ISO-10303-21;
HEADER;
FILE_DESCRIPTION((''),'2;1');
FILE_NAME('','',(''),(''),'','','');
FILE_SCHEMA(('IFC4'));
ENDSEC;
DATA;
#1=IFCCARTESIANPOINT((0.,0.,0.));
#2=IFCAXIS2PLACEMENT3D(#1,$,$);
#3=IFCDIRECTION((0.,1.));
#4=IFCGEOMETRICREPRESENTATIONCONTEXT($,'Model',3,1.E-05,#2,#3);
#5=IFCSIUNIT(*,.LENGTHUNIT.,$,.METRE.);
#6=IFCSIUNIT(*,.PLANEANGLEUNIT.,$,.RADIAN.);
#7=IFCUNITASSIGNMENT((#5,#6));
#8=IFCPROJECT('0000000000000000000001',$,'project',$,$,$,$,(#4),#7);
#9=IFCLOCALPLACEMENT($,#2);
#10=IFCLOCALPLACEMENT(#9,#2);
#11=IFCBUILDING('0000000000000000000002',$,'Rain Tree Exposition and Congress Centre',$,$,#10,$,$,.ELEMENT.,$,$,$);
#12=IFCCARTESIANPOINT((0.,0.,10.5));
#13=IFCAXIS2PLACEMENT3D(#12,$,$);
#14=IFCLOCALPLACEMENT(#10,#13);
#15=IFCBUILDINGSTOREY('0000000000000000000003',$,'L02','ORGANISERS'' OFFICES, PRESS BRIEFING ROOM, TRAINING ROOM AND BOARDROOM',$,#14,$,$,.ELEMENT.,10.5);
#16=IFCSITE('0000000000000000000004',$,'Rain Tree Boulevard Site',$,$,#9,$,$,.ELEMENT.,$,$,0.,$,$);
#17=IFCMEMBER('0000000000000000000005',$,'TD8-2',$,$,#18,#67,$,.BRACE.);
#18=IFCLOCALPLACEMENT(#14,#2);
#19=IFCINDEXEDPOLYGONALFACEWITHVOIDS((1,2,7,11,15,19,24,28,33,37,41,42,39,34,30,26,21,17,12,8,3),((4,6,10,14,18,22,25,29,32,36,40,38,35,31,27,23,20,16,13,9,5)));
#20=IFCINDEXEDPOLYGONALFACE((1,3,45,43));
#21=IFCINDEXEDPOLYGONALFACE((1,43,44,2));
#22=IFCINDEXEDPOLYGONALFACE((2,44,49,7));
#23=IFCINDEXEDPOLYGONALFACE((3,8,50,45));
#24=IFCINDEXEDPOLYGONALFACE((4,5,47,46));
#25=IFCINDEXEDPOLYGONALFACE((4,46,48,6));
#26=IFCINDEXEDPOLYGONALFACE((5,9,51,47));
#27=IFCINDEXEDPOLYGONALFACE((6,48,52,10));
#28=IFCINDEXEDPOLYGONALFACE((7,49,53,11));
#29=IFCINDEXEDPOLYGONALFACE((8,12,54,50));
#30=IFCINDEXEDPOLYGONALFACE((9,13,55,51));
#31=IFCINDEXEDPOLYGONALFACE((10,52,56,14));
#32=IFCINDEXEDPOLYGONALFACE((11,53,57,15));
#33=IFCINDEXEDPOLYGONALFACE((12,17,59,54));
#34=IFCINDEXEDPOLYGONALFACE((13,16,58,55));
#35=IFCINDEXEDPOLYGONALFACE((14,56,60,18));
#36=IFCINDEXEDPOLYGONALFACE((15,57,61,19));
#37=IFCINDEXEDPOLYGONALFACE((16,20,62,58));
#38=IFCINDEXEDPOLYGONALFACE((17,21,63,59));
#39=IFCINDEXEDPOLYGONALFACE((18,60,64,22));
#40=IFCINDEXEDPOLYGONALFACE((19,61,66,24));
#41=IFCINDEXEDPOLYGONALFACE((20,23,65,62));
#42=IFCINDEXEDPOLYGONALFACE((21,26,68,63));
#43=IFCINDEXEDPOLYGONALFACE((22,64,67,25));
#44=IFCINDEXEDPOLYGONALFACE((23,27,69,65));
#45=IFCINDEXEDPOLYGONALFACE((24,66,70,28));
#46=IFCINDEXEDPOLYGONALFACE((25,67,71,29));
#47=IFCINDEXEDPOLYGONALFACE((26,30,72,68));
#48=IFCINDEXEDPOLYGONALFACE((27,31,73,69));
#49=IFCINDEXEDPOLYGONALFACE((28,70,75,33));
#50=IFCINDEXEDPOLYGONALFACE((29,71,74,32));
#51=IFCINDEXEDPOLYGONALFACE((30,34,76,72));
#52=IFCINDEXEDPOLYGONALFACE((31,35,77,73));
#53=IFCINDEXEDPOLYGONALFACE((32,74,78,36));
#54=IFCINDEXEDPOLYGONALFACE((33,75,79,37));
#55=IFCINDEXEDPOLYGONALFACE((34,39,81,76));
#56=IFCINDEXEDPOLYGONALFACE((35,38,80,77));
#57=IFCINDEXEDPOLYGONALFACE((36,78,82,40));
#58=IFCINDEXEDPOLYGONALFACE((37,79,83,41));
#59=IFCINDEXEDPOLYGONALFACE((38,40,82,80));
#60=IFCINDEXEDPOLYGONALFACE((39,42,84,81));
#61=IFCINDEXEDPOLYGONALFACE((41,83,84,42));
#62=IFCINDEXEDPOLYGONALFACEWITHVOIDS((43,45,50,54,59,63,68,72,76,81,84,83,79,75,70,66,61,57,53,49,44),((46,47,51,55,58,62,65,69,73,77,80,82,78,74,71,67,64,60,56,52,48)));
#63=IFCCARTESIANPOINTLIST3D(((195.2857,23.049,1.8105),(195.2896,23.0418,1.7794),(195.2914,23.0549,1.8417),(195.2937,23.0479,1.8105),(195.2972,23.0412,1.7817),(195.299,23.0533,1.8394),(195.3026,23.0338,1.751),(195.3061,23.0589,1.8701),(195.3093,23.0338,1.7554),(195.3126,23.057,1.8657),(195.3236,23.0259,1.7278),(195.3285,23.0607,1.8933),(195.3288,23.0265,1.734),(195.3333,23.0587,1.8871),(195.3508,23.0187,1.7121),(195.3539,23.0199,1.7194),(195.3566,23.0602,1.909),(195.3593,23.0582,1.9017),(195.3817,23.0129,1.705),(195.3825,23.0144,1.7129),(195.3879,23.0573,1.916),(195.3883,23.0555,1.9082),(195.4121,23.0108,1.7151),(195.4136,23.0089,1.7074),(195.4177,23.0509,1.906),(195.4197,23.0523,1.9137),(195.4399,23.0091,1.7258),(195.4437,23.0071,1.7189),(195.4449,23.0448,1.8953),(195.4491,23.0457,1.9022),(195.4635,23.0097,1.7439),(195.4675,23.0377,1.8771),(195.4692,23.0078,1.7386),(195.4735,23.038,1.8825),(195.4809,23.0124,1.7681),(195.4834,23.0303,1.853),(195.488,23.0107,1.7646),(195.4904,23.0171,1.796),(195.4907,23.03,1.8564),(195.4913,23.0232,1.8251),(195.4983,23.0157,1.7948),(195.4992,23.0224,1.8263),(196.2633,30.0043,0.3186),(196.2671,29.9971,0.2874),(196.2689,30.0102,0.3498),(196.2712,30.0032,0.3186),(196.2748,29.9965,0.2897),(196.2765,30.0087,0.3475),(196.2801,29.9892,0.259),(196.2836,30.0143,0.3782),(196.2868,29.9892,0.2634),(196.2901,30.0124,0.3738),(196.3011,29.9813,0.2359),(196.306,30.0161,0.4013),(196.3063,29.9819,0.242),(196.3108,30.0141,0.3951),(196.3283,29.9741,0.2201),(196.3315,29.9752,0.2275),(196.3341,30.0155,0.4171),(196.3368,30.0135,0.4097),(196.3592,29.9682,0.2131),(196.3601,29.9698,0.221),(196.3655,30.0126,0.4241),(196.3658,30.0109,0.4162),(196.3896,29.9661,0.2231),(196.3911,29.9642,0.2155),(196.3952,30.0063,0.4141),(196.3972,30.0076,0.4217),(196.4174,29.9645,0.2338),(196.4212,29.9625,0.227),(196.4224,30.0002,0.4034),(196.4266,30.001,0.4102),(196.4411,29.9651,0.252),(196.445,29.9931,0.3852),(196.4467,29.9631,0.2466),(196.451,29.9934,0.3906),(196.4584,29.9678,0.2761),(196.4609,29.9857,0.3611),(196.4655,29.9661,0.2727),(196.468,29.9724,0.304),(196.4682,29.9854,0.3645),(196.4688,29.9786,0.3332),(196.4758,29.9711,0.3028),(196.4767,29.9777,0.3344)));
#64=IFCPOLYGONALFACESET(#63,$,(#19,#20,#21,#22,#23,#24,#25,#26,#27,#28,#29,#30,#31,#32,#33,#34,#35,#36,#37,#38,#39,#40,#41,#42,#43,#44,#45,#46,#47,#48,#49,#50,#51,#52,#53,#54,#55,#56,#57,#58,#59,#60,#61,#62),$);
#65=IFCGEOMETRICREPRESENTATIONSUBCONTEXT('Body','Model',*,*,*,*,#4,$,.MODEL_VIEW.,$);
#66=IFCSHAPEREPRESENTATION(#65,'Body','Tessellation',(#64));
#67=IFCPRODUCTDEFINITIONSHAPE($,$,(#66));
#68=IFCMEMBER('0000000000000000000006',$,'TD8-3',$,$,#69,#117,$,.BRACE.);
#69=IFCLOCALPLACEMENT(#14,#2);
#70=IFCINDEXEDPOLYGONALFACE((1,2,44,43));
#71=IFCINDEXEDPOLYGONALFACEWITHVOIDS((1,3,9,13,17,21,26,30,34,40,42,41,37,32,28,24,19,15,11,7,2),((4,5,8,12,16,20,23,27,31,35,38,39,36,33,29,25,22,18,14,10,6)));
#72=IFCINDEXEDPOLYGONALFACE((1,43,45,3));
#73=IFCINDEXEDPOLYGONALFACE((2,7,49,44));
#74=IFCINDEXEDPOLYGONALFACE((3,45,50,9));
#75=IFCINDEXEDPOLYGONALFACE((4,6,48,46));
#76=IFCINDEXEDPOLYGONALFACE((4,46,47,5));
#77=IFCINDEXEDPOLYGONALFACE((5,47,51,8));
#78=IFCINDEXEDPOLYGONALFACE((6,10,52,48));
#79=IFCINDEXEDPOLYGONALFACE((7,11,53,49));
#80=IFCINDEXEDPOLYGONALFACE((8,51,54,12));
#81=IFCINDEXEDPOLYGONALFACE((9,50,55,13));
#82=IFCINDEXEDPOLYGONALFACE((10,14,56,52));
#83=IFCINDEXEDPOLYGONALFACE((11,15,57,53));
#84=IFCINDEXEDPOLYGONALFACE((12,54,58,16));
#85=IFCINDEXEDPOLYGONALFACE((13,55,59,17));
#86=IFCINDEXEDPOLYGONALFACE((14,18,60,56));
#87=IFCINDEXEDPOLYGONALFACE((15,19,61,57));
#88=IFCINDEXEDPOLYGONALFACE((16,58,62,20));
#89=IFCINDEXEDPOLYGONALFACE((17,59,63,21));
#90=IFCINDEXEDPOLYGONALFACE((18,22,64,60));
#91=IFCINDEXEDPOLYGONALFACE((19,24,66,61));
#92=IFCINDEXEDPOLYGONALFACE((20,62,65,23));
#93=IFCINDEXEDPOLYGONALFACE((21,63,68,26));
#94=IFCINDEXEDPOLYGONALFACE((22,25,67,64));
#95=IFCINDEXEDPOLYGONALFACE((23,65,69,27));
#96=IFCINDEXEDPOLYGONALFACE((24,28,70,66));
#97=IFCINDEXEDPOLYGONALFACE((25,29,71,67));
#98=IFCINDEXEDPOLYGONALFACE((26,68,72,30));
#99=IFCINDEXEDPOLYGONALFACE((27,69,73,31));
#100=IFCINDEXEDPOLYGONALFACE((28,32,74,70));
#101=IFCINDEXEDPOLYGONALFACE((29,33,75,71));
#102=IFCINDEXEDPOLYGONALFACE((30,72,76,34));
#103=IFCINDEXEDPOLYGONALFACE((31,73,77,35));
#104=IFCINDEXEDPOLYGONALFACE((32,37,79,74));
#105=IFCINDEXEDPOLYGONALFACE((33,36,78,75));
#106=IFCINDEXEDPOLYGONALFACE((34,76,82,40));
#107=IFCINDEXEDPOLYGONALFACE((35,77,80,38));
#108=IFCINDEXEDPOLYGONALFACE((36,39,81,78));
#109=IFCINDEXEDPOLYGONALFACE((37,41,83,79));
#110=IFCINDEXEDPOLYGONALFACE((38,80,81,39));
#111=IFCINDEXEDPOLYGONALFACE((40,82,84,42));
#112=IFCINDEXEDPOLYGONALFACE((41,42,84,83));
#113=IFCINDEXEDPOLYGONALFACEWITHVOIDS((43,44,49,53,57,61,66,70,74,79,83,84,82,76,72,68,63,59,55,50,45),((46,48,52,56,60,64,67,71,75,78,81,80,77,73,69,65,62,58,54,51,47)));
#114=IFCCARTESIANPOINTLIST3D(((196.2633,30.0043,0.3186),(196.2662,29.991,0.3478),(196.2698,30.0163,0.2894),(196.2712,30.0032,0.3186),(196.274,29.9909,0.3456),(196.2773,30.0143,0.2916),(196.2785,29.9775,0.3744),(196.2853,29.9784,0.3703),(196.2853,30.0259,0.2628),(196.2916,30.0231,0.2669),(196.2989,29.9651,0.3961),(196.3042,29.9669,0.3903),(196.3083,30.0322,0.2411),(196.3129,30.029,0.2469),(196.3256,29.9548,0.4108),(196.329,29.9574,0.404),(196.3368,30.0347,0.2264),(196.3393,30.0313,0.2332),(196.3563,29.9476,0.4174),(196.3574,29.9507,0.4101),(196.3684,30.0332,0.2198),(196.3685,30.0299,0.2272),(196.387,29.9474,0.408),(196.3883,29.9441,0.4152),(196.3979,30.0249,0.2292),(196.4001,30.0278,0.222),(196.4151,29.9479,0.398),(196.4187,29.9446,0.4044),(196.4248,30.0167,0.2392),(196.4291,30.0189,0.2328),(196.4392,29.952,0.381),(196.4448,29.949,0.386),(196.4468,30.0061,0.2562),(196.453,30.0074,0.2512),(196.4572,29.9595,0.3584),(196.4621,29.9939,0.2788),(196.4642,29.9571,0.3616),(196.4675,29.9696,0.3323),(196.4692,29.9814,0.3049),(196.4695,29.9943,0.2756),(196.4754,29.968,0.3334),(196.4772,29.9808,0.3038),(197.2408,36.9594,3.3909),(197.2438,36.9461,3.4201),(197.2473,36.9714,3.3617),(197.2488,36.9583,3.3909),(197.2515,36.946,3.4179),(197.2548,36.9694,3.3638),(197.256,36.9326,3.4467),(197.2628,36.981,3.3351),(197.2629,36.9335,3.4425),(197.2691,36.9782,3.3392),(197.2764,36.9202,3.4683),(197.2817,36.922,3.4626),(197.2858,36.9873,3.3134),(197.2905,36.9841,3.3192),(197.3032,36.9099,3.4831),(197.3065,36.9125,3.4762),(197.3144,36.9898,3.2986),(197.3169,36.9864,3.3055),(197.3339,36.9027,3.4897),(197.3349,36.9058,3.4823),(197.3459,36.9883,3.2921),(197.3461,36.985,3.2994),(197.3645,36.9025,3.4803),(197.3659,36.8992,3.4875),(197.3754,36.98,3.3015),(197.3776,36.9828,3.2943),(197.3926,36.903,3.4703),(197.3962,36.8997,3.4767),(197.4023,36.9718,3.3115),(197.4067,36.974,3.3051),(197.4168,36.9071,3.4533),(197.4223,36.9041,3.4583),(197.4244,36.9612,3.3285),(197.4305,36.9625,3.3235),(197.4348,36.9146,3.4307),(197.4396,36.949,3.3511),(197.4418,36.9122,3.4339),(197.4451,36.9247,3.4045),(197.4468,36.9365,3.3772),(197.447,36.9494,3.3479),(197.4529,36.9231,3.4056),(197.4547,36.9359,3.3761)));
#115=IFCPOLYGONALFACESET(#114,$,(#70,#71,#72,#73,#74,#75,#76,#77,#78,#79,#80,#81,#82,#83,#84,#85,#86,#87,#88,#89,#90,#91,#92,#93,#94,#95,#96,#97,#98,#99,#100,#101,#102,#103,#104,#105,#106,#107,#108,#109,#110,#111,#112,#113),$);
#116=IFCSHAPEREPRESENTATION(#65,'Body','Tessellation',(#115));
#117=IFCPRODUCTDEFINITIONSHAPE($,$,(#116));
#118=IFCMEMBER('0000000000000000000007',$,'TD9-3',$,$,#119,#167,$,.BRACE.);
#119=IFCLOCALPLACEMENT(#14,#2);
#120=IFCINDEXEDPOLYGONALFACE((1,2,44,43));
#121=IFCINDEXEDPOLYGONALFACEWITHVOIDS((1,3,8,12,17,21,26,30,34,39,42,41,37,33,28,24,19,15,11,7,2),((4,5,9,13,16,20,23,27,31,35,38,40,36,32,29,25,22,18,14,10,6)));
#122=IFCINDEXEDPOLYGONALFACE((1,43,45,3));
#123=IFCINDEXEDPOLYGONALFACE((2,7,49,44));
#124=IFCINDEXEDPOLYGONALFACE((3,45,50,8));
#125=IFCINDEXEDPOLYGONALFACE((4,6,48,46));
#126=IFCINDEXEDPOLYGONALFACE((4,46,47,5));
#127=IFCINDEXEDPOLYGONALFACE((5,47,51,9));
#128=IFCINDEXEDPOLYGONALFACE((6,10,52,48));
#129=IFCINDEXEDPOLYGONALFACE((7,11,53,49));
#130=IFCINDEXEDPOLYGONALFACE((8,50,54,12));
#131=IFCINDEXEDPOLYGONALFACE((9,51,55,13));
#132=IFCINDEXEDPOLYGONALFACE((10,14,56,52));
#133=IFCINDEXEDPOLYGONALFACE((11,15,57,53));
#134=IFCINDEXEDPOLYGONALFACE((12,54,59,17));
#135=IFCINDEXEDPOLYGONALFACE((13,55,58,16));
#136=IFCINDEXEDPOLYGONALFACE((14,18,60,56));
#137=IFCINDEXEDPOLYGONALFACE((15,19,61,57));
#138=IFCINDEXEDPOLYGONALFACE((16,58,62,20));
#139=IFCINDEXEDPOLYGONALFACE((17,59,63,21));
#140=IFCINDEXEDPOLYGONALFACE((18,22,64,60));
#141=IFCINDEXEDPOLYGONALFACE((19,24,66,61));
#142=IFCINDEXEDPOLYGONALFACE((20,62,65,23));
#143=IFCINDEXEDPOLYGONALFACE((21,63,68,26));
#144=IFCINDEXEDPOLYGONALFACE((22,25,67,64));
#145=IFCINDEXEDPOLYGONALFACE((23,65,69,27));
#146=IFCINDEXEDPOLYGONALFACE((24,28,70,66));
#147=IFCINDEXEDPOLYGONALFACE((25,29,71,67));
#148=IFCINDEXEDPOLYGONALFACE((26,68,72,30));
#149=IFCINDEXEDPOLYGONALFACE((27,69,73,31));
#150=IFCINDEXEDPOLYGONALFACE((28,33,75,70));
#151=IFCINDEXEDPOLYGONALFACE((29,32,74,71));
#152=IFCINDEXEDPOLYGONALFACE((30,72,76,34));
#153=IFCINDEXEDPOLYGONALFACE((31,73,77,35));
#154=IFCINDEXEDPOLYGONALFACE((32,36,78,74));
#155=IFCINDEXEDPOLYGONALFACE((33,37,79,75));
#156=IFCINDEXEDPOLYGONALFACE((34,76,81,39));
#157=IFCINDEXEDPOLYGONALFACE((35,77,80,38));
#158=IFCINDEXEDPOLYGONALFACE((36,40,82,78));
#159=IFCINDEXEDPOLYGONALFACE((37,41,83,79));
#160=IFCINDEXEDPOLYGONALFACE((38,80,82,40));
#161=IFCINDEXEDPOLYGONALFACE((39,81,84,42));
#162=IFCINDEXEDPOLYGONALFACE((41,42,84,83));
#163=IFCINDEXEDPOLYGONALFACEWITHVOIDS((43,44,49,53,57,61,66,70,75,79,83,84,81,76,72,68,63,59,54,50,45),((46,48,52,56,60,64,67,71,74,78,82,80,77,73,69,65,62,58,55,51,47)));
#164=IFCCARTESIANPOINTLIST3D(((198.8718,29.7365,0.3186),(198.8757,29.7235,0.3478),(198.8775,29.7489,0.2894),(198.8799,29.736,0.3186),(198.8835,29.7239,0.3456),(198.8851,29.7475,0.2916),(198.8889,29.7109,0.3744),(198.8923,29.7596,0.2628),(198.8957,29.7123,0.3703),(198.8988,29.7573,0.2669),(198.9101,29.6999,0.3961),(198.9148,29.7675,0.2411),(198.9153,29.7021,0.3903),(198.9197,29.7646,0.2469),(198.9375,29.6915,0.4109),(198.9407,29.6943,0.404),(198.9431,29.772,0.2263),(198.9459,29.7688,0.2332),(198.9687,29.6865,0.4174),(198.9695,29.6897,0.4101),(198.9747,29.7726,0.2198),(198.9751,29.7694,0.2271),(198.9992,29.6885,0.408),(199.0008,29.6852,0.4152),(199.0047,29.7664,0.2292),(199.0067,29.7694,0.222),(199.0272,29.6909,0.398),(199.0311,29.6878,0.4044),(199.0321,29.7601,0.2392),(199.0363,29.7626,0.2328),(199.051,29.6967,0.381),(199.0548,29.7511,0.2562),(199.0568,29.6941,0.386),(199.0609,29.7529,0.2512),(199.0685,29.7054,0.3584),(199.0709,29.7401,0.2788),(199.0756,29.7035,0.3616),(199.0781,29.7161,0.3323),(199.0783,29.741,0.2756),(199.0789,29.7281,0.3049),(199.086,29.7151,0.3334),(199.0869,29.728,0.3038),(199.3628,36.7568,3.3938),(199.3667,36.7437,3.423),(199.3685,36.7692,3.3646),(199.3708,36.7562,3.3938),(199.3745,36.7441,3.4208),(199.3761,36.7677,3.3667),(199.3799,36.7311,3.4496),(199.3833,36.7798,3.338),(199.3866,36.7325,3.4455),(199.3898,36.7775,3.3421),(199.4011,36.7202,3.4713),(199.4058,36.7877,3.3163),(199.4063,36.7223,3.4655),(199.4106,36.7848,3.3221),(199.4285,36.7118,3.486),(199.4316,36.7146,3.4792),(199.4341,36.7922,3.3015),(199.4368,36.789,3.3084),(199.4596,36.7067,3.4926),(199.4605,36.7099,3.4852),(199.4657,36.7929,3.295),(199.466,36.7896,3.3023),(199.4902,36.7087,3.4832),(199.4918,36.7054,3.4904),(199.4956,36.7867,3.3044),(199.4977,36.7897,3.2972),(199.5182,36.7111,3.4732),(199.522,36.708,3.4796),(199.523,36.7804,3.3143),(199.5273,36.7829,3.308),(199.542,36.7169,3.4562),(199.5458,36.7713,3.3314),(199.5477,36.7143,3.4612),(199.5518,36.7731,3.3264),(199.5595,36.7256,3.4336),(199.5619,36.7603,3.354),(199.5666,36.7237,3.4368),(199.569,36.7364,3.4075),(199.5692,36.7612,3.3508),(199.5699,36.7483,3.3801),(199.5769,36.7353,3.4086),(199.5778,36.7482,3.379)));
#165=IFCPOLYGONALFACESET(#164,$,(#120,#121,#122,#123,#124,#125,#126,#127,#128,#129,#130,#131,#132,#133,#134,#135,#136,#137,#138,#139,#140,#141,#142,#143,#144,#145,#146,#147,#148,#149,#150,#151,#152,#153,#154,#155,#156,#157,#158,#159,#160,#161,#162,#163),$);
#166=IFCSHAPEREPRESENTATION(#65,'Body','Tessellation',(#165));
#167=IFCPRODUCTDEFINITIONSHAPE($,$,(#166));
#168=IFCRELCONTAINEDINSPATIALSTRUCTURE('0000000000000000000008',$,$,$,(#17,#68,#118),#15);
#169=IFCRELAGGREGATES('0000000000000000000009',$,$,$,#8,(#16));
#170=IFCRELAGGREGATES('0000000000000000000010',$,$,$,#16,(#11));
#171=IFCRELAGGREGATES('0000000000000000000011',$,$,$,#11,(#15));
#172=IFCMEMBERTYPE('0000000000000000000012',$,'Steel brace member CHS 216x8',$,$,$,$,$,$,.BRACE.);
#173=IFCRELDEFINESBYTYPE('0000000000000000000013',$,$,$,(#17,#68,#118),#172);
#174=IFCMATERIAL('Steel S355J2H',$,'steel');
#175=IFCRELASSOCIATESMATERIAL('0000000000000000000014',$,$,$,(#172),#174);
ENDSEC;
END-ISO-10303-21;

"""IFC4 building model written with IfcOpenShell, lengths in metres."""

from ifc_helpers import new_model, si_unit, direction, frame, origin, origin_2d, place, context, subcontext, project, spatial, hollow_circle, extrude, material, material_profile, profile_set, type_object, element, save


model = new_model("IFC4")

# Units and contexts
model_context = context("Model", 3, precision=1e-05, world=origin(), true_north=direction((0.0, 1.0)))
body_context = subcontext(model_context, "Body", "Model", "MODEL_VIEW")
ifc_project = project(units=[si_unit("LENGTHUNIT", "METRE"), si_unit("PLANEANGLEUNIT", "RADIAN")], contexts=[model_context])

# Site, building, storey
site_placement = place(None, origin())
site = spatial("IfcSite", under=ifc_project, at=site_placement, Name="Rain Tree Boulevard Site", CompositionType="ELEMENT", RefElevation=0.0)
building_placement = place(site_placement, origin())
building = spatial("IfcBuilding", under=site, at=building_placement, Name="Rain Tree Exposition and Congress Centre", CompositionType="ELEMENT")
storey_placement = place(building_placement, frame((0.0, 0.0, 10.5)))
storey = spatial("IfcBuildingStorey", under=building, at=storey_placement, Name="L02", Description="ORGANISERS' OFFICES, PRESS BRIEFING ROOM, TRAINING ROOM AND BOARDROOM", CompositionType="ELEMENT", Elevation=10.5)

# Members
ifc_material_1 = material(Name="Steel S355J2H", Category="steel")
ifc_material_profile_1 = material_profile(ifc_material_1, hollow_circle(Radius=0.1082, WallThickness=0.0081, at=origin_2d()), Name="CHS 216x8")
ifc_profile_set_1 = profile_set([ifc_material_profile_1], Name="Steel S355J2H")
member_type_1 = type_object("IfcMemberType", Name="Steel brace member CHS 216x8", PredefinedType="BRACE", material=ifc_profile_set_1)
member_1_placement = place(storey_placement, frame((195.3928, 23.0339, 1.8105), z_axis=(0.13614, 0.968655, -0.20778), x_axis=(-0.990267, 0.139178, 0.0)))
element("IfcMember", 1, at=member_1_placement, inside=storey, type_object=member_type_1, Name="TD8-2", PredefinedType="BRACE", context=body_context, shape_type="SweptSolid", body=[
    extrude(hollow_circle(Radius=0.1082, WallThickness=0.0081, at=origin_2d()), origin(), (0.0, 0.0, 1.0), 7.1804),
])
member_2_placement = place(storey_placement, frame((196.3704, 29.9893, 0.3186), z_axis=(0.127516, 0.907263, 0.400765), x_axis=(-0.990267, 0.139182, 0.0)))
element("IfcMember", 2, at=member_2_placement, inside=storey, type_object=member_type_1, Name="TD8-3", PredefinedType="BRACE", context=body_context, shape_type="SweptSolid", body=[
    extrude(hollow_circle(Radius=0.1082, WallThickness=0.0081, at=origin_2d()), origin(), (0.0, 0.0, 1.0), 7.666),
])
member_3_placement = place(storey_placement, frame((198.9797, 29.729, 0.3186), z_axis=(0.063928, 0.9141, 0.400417), x_axis=(-0.997563, 0.069765, 0.0)))
element("IfcMember", 3, at=member_3_placement, inside=storey, type_object=member_type_1, Name="TD9-3", PredefinedType="BRACE", context=body_context, shape_type="SweptSolid", body=[
    extrude(hollow_circle(Radius=0.1082, WallThickness=0.0081, at=origin_2d()), origin(), (0.0, 0.0, 1.0), 7.6799),
])

save(model, "model.ifc")
